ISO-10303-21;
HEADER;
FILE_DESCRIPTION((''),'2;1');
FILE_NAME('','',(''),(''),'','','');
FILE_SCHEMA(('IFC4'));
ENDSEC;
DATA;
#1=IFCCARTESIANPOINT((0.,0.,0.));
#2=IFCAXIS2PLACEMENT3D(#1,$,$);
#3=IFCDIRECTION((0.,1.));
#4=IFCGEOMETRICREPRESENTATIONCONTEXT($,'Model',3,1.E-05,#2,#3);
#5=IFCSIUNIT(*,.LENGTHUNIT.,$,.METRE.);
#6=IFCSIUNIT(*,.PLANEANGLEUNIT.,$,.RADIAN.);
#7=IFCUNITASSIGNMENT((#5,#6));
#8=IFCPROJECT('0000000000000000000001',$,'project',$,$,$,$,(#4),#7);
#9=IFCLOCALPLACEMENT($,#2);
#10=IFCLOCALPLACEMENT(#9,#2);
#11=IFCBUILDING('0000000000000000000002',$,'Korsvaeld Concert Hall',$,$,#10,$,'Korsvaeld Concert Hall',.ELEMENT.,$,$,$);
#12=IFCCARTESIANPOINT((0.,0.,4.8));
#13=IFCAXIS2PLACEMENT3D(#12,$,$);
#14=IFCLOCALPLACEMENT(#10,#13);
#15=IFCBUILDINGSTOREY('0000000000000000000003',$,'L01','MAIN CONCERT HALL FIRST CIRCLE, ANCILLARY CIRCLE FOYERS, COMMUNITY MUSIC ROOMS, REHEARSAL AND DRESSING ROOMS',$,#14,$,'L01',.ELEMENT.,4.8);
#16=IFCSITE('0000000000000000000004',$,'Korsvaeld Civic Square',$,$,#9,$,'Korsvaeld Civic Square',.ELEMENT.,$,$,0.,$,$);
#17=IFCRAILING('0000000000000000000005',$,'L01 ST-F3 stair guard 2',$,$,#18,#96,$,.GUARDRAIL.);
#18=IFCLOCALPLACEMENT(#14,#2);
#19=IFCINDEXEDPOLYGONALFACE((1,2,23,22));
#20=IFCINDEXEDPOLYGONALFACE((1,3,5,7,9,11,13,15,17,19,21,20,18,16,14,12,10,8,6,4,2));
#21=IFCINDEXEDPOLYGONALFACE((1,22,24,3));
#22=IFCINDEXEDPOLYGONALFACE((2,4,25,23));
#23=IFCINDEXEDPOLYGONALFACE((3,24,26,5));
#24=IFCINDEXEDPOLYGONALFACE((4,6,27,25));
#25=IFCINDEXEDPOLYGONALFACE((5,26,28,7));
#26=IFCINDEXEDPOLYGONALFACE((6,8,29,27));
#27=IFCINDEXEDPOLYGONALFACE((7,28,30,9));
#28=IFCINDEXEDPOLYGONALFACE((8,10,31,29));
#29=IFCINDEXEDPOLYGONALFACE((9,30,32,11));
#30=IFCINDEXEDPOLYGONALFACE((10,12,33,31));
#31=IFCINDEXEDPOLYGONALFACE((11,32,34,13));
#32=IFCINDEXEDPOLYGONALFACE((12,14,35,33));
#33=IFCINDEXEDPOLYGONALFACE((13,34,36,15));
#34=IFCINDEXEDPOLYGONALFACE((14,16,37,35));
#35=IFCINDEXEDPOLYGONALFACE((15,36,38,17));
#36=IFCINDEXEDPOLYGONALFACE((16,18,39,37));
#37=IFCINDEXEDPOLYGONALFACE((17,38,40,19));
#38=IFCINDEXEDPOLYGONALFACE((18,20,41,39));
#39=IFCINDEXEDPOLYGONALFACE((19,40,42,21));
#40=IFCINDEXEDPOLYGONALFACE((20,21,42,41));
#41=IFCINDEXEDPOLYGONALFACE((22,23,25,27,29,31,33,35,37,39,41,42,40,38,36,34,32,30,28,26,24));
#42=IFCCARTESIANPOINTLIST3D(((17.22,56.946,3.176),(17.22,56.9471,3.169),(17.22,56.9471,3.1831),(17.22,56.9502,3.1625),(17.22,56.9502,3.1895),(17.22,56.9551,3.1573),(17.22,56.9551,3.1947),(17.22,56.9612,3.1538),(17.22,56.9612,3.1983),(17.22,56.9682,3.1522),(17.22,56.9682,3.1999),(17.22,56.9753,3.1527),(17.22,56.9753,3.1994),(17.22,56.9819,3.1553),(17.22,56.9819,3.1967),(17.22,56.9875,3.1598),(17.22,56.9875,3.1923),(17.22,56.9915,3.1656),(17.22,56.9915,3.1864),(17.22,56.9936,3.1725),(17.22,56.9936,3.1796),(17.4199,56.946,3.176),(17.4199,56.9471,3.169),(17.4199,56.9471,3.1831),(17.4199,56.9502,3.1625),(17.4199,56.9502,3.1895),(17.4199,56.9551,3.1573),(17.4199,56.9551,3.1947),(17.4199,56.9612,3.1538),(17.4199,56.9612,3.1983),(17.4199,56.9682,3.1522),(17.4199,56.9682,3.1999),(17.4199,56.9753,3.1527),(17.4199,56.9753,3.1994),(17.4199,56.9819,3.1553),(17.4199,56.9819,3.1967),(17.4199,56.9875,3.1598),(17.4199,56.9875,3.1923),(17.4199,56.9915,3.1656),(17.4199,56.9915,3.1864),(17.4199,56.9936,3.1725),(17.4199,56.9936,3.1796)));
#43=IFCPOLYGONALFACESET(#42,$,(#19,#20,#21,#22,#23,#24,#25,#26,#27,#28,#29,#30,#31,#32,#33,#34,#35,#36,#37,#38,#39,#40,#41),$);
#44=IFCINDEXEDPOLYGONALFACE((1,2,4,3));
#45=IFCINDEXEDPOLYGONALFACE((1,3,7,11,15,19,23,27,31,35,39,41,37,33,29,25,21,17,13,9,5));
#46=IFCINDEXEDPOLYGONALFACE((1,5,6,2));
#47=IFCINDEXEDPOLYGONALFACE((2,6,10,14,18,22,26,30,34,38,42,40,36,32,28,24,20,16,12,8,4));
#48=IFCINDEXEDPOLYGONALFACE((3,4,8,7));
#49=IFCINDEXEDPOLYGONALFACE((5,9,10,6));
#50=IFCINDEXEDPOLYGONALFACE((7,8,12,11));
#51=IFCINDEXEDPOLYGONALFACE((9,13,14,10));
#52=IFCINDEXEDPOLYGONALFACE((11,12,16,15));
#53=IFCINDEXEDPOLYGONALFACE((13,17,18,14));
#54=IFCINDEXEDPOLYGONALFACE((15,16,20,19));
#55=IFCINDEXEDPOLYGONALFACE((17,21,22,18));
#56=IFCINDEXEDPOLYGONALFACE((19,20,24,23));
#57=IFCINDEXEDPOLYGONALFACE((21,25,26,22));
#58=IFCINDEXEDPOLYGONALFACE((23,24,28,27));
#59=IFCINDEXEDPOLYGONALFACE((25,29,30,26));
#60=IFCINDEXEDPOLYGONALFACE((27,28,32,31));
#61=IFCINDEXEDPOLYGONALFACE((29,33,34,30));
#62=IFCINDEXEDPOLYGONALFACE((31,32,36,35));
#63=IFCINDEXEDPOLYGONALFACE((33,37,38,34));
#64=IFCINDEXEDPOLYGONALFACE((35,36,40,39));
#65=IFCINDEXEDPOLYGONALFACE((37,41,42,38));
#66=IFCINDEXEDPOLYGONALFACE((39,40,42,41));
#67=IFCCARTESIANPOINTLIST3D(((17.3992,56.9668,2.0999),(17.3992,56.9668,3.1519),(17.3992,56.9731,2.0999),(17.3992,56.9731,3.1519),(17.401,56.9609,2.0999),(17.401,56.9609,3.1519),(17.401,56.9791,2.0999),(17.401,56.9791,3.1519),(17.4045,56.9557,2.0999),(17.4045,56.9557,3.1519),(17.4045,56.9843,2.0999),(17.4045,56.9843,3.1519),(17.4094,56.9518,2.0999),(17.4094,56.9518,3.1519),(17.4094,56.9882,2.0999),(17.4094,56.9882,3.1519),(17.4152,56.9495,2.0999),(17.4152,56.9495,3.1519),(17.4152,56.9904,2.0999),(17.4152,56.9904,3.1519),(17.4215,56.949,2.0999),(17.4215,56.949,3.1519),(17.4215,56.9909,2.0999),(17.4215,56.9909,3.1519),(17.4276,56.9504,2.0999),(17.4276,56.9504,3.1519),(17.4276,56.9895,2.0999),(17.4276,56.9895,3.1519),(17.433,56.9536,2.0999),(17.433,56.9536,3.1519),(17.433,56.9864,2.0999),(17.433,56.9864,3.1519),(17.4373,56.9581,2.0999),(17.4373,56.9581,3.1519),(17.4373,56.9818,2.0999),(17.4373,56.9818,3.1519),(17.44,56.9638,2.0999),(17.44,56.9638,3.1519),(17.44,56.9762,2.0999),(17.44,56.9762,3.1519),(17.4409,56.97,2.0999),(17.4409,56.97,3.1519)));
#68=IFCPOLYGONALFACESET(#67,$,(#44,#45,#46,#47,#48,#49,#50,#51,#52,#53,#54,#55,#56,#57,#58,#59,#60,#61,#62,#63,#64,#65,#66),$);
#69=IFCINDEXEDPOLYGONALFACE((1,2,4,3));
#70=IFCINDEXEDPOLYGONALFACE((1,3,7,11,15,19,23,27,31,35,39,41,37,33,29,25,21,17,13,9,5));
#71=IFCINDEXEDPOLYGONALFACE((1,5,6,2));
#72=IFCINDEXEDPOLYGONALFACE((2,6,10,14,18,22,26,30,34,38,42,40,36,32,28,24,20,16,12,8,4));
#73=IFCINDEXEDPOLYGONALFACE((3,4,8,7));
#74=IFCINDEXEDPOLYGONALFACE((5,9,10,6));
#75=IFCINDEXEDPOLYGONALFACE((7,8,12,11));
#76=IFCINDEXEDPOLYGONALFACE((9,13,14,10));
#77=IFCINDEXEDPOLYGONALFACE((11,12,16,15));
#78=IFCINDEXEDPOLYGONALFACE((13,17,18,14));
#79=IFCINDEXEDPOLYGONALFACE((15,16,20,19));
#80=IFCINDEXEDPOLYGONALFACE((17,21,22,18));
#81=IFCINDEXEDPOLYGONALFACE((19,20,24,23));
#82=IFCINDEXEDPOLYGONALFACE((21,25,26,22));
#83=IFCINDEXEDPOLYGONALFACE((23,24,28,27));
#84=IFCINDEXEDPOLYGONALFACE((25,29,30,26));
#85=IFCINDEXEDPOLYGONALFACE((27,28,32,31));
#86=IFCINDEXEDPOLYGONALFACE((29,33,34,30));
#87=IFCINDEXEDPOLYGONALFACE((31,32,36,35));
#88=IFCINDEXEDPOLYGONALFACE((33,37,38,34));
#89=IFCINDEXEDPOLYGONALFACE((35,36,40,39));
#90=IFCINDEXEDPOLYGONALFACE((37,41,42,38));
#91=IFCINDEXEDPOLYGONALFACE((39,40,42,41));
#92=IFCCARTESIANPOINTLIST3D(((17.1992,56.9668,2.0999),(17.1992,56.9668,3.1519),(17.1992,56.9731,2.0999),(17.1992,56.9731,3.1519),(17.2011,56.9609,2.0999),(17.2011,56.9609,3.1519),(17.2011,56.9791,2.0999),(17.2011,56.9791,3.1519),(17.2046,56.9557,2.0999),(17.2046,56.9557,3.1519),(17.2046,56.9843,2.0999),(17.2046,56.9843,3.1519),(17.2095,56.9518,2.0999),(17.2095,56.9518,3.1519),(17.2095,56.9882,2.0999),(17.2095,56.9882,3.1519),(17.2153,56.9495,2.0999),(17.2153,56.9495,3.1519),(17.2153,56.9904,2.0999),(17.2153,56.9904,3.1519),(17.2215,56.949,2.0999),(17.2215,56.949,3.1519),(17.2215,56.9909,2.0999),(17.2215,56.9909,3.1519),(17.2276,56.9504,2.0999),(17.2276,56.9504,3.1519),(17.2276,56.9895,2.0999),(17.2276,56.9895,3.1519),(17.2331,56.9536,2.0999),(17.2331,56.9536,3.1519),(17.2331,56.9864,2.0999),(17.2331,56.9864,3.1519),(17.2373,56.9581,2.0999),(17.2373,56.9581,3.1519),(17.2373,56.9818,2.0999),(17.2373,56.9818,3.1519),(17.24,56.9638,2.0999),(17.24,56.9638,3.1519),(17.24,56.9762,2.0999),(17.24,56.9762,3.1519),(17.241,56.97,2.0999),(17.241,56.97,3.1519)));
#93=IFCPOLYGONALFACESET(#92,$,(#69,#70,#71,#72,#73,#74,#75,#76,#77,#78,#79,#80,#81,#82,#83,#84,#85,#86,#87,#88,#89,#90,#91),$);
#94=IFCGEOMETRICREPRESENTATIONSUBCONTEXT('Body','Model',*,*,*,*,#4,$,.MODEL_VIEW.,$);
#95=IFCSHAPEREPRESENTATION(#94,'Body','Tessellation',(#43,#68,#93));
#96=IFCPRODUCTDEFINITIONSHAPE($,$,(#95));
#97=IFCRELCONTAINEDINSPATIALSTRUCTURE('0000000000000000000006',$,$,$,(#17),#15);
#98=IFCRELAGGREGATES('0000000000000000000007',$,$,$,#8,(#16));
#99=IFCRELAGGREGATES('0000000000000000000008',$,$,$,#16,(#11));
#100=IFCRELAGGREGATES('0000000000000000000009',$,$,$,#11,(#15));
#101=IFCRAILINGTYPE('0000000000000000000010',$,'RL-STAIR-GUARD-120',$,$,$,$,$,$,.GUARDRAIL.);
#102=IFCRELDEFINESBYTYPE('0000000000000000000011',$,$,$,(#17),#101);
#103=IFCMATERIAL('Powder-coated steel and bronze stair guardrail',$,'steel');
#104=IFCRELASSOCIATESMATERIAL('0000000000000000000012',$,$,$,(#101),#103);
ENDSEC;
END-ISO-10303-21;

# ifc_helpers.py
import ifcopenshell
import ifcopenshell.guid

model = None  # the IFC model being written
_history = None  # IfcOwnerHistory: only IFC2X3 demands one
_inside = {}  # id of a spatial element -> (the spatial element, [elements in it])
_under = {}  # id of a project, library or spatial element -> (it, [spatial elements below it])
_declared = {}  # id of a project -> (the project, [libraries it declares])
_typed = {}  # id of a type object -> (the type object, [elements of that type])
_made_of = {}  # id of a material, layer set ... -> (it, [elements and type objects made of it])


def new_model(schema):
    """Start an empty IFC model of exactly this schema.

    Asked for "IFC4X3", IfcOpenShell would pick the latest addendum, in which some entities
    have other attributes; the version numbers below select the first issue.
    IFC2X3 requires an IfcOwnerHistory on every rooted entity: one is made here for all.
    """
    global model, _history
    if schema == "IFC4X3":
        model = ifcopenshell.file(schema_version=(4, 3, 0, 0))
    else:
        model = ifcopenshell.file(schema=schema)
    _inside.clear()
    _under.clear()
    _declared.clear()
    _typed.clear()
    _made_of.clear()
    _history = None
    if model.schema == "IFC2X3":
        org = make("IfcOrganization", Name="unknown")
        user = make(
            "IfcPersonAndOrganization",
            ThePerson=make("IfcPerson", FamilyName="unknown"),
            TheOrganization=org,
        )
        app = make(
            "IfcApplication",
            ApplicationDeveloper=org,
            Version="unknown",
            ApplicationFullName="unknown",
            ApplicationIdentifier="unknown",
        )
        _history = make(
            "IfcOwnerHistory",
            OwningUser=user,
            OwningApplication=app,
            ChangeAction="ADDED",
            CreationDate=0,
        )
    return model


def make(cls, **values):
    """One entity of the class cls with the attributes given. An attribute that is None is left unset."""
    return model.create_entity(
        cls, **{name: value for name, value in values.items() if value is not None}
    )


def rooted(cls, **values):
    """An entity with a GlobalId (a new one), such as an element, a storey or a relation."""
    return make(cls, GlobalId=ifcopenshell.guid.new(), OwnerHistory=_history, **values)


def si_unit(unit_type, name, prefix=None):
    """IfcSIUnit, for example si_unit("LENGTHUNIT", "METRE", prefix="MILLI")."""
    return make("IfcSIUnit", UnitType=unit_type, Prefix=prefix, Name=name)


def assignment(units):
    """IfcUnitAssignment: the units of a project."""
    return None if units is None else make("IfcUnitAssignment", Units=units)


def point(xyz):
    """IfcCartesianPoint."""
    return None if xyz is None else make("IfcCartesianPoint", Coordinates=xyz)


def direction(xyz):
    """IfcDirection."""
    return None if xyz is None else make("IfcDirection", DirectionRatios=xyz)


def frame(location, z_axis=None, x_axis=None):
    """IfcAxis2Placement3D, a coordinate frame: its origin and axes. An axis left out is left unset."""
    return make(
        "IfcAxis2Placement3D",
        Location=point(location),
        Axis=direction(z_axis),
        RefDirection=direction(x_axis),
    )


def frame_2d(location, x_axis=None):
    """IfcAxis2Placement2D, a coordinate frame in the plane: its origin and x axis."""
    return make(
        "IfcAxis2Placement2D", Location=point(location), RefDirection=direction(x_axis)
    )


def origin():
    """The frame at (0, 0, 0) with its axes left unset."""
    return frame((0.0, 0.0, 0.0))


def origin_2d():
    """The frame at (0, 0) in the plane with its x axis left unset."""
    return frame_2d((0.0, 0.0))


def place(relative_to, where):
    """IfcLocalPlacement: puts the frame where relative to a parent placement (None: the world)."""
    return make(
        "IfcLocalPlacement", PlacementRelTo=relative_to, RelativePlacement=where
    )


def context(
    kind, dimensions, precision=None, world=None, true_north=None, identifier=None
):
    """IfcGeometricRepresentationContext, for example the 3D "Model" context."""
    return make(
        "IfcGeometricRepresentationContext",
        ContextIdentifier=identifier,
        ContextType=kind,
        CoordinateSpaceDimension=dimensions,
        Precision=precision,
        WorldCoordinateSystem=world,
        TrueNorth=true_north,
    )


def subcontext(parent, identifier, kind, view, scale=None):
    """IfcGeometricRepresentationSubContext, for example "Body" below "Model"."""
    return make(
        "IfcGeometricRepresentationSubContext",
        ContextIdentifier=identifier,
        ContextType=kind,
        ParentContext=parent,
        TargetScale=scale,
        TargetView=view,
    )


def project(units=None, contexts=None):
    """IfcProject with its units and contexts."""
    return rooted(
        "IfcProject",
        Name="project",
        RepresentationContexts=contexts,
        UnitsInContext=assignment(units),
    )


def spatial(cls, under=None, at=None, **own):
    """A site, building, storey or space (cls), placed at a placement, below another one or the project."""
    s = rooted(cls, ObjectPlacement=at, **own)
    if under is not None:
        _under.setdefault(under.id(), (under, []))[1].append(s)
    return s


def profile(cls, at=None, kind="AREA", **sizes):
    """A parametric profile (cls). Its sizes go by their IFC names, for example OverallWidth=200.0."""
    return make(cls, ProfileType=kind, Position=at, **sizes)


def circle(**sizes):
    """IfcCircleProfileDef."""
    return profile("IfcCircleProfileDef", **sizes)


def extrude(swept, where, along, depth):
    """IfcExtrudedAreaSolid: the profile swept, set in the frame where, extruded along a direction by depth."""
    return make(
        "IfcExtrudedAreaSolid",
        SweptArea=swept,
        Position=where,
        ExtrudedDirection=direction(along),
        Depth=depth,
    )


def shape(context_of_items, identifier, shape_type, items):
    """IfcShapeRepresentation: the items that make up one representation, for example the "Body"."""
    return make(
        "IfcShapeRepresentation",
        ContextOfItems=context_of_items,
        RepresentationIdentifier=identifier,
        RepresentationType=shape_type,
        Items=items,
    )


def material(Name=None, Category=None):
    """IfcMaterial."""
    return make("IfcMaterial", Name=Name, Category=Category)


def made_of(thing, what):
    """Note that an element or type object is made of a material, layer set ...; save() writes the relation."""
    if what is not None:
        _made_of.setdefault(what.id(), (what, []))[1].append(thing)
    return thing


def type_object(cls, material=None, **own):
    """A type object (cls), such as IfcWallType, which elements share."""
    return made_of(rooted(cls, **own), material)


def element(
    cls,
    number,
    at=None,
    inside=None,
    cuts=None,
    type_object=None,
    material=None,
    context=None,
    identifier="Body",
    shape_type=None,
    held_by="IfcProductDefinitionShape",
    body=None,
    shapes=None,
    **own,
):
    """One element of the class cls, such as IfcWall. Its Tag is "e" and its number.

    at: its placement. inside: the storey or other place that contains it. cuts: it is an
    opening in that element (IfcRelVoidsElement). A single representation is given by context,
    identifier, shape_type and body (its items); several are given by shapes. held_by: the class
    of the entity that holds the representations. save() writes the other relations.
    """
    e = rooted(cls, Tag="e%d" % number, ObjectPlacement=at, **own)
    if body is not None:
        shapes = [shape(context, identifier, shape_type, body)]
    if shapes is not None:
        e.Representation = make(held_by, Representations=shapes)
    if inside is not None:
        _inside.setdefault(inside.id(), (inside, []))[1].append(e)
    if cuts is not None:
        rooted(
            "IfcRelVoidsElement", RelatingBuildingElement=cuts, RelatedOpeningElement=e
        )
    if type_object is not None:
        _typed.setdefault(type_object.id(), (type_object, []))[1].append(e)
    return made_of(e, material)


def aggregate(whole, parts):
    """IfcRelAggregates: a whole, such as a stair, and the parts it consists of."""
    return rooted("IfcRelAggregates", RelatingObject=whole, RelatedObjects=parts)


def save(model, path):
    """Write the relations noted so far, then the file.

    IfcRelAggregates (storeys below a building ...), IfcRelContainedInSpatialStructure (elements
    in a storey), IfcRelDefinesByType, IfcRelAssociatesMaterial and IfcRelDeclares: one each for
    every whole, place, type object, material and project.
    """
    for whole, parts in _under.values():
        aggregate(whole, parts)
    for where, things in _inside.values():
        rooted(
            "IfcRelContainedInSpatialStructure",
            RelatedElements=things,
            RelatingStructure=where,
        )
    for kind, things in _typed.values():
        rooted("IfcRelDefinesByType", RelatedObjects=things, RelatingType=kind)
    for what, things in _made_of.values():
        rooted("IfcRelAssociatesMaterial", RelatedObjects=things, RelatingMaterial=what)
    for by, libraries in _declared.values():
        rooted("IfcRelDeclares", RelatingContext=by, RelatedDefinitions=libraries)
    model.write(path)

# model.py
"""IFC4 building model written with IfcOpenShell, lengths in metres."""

from ifc_helpers import new_model, si_unit, direction, frame, origin, origin_2d, place, context, subcontext, project, spatial, circle, extrude, material, type_object, element, save


model = new_model("IFC4")

# Units and contexts
model_context = context("Model", 3, precision=1e-05, world=origin(), true_north=direction((0.0, 1.0)))
body_context = subcontext(model_context, "Body", "Model", "MODEL_VIEW")
ifc_project = project(units=[si_unit("LENGTHUNIT", "METRE"), si_unit("PLANEANGLEUNIT", "RADIAN")], contexts=[model_context])

# Site, building, storey
site_placement = place(None, origin())
site = spatial("IfcSite", under=ifc_project, at=site_placement, Name="Korsvaeld Civic Square", LongName="Korsvaeld Civic Square", CompositionType="ELEMENT", RefElevation=0.0)
building_placement = place(site_placement, origin())
building = spatial("IfcBuilding", under=site, at=building_placement, Name="Korsvaeld Concert Hall", LongName="Korsvaeld Concert Hall", CompositionType="ELEMENT")
storey_placement = place(building_placement, frame((0.0, 0.0, 4.8)))
storey = spatial("IfcBuildingStorey", under=building, at=storey_placement, Name="L01", Description="MAIN CONCERT HALL FIRST CIRCLE, ANCILLARY CIRCLE FOYERS, COMMUNITY MUSIC ROOMS, REHEARSAL AND DRESSING ROOMS", LongName="L01", CompositionType="ELEMENT", Elevation=4.8)

# Railing
ifc_material_1 = material(Name="Powder-coated steel and bronze stair guardrail", Category="steel")
railing_type_1 = type_object("IfcRailingType", Name="RL-STAIR-GUARD-120", PredefinedType="GUARDRAIL", material=ifc_material_1)
railing_1_placement = place(storey_placement, frame((17.4199, 56.97, 2.0999)))
element("IfcRailing", 1, at=railing_1_placement, inside=storey, type_object=railing_type_1, Name="L01 ST-F3 stair guard 2", PredefinedType="GUARDRAIL", context=body_context, shape_type="SweptSolid", body=[
    extrude(circle(Radius=0.0239, at=origin_2d()), frame((0.0, 0.0, 1.0762), z_axis=(-1.0, 0.0, 0.0), x_axis=(0.0, -1.0, 0.0)), (0.0, 0.0, 1.0), 0.2),
    extrude(circle(Radius=0.021, at=origin_2d()), origin(), (0.0, 0.0, 1.0), 1.052),
    extrude(circle(Radius=0.021, at=origin_2d()), frame((-0.2, 0.0, 0.0)), (0.0, 0.0, 1.0), 1.052),
])

save(model, "model.ifc")
